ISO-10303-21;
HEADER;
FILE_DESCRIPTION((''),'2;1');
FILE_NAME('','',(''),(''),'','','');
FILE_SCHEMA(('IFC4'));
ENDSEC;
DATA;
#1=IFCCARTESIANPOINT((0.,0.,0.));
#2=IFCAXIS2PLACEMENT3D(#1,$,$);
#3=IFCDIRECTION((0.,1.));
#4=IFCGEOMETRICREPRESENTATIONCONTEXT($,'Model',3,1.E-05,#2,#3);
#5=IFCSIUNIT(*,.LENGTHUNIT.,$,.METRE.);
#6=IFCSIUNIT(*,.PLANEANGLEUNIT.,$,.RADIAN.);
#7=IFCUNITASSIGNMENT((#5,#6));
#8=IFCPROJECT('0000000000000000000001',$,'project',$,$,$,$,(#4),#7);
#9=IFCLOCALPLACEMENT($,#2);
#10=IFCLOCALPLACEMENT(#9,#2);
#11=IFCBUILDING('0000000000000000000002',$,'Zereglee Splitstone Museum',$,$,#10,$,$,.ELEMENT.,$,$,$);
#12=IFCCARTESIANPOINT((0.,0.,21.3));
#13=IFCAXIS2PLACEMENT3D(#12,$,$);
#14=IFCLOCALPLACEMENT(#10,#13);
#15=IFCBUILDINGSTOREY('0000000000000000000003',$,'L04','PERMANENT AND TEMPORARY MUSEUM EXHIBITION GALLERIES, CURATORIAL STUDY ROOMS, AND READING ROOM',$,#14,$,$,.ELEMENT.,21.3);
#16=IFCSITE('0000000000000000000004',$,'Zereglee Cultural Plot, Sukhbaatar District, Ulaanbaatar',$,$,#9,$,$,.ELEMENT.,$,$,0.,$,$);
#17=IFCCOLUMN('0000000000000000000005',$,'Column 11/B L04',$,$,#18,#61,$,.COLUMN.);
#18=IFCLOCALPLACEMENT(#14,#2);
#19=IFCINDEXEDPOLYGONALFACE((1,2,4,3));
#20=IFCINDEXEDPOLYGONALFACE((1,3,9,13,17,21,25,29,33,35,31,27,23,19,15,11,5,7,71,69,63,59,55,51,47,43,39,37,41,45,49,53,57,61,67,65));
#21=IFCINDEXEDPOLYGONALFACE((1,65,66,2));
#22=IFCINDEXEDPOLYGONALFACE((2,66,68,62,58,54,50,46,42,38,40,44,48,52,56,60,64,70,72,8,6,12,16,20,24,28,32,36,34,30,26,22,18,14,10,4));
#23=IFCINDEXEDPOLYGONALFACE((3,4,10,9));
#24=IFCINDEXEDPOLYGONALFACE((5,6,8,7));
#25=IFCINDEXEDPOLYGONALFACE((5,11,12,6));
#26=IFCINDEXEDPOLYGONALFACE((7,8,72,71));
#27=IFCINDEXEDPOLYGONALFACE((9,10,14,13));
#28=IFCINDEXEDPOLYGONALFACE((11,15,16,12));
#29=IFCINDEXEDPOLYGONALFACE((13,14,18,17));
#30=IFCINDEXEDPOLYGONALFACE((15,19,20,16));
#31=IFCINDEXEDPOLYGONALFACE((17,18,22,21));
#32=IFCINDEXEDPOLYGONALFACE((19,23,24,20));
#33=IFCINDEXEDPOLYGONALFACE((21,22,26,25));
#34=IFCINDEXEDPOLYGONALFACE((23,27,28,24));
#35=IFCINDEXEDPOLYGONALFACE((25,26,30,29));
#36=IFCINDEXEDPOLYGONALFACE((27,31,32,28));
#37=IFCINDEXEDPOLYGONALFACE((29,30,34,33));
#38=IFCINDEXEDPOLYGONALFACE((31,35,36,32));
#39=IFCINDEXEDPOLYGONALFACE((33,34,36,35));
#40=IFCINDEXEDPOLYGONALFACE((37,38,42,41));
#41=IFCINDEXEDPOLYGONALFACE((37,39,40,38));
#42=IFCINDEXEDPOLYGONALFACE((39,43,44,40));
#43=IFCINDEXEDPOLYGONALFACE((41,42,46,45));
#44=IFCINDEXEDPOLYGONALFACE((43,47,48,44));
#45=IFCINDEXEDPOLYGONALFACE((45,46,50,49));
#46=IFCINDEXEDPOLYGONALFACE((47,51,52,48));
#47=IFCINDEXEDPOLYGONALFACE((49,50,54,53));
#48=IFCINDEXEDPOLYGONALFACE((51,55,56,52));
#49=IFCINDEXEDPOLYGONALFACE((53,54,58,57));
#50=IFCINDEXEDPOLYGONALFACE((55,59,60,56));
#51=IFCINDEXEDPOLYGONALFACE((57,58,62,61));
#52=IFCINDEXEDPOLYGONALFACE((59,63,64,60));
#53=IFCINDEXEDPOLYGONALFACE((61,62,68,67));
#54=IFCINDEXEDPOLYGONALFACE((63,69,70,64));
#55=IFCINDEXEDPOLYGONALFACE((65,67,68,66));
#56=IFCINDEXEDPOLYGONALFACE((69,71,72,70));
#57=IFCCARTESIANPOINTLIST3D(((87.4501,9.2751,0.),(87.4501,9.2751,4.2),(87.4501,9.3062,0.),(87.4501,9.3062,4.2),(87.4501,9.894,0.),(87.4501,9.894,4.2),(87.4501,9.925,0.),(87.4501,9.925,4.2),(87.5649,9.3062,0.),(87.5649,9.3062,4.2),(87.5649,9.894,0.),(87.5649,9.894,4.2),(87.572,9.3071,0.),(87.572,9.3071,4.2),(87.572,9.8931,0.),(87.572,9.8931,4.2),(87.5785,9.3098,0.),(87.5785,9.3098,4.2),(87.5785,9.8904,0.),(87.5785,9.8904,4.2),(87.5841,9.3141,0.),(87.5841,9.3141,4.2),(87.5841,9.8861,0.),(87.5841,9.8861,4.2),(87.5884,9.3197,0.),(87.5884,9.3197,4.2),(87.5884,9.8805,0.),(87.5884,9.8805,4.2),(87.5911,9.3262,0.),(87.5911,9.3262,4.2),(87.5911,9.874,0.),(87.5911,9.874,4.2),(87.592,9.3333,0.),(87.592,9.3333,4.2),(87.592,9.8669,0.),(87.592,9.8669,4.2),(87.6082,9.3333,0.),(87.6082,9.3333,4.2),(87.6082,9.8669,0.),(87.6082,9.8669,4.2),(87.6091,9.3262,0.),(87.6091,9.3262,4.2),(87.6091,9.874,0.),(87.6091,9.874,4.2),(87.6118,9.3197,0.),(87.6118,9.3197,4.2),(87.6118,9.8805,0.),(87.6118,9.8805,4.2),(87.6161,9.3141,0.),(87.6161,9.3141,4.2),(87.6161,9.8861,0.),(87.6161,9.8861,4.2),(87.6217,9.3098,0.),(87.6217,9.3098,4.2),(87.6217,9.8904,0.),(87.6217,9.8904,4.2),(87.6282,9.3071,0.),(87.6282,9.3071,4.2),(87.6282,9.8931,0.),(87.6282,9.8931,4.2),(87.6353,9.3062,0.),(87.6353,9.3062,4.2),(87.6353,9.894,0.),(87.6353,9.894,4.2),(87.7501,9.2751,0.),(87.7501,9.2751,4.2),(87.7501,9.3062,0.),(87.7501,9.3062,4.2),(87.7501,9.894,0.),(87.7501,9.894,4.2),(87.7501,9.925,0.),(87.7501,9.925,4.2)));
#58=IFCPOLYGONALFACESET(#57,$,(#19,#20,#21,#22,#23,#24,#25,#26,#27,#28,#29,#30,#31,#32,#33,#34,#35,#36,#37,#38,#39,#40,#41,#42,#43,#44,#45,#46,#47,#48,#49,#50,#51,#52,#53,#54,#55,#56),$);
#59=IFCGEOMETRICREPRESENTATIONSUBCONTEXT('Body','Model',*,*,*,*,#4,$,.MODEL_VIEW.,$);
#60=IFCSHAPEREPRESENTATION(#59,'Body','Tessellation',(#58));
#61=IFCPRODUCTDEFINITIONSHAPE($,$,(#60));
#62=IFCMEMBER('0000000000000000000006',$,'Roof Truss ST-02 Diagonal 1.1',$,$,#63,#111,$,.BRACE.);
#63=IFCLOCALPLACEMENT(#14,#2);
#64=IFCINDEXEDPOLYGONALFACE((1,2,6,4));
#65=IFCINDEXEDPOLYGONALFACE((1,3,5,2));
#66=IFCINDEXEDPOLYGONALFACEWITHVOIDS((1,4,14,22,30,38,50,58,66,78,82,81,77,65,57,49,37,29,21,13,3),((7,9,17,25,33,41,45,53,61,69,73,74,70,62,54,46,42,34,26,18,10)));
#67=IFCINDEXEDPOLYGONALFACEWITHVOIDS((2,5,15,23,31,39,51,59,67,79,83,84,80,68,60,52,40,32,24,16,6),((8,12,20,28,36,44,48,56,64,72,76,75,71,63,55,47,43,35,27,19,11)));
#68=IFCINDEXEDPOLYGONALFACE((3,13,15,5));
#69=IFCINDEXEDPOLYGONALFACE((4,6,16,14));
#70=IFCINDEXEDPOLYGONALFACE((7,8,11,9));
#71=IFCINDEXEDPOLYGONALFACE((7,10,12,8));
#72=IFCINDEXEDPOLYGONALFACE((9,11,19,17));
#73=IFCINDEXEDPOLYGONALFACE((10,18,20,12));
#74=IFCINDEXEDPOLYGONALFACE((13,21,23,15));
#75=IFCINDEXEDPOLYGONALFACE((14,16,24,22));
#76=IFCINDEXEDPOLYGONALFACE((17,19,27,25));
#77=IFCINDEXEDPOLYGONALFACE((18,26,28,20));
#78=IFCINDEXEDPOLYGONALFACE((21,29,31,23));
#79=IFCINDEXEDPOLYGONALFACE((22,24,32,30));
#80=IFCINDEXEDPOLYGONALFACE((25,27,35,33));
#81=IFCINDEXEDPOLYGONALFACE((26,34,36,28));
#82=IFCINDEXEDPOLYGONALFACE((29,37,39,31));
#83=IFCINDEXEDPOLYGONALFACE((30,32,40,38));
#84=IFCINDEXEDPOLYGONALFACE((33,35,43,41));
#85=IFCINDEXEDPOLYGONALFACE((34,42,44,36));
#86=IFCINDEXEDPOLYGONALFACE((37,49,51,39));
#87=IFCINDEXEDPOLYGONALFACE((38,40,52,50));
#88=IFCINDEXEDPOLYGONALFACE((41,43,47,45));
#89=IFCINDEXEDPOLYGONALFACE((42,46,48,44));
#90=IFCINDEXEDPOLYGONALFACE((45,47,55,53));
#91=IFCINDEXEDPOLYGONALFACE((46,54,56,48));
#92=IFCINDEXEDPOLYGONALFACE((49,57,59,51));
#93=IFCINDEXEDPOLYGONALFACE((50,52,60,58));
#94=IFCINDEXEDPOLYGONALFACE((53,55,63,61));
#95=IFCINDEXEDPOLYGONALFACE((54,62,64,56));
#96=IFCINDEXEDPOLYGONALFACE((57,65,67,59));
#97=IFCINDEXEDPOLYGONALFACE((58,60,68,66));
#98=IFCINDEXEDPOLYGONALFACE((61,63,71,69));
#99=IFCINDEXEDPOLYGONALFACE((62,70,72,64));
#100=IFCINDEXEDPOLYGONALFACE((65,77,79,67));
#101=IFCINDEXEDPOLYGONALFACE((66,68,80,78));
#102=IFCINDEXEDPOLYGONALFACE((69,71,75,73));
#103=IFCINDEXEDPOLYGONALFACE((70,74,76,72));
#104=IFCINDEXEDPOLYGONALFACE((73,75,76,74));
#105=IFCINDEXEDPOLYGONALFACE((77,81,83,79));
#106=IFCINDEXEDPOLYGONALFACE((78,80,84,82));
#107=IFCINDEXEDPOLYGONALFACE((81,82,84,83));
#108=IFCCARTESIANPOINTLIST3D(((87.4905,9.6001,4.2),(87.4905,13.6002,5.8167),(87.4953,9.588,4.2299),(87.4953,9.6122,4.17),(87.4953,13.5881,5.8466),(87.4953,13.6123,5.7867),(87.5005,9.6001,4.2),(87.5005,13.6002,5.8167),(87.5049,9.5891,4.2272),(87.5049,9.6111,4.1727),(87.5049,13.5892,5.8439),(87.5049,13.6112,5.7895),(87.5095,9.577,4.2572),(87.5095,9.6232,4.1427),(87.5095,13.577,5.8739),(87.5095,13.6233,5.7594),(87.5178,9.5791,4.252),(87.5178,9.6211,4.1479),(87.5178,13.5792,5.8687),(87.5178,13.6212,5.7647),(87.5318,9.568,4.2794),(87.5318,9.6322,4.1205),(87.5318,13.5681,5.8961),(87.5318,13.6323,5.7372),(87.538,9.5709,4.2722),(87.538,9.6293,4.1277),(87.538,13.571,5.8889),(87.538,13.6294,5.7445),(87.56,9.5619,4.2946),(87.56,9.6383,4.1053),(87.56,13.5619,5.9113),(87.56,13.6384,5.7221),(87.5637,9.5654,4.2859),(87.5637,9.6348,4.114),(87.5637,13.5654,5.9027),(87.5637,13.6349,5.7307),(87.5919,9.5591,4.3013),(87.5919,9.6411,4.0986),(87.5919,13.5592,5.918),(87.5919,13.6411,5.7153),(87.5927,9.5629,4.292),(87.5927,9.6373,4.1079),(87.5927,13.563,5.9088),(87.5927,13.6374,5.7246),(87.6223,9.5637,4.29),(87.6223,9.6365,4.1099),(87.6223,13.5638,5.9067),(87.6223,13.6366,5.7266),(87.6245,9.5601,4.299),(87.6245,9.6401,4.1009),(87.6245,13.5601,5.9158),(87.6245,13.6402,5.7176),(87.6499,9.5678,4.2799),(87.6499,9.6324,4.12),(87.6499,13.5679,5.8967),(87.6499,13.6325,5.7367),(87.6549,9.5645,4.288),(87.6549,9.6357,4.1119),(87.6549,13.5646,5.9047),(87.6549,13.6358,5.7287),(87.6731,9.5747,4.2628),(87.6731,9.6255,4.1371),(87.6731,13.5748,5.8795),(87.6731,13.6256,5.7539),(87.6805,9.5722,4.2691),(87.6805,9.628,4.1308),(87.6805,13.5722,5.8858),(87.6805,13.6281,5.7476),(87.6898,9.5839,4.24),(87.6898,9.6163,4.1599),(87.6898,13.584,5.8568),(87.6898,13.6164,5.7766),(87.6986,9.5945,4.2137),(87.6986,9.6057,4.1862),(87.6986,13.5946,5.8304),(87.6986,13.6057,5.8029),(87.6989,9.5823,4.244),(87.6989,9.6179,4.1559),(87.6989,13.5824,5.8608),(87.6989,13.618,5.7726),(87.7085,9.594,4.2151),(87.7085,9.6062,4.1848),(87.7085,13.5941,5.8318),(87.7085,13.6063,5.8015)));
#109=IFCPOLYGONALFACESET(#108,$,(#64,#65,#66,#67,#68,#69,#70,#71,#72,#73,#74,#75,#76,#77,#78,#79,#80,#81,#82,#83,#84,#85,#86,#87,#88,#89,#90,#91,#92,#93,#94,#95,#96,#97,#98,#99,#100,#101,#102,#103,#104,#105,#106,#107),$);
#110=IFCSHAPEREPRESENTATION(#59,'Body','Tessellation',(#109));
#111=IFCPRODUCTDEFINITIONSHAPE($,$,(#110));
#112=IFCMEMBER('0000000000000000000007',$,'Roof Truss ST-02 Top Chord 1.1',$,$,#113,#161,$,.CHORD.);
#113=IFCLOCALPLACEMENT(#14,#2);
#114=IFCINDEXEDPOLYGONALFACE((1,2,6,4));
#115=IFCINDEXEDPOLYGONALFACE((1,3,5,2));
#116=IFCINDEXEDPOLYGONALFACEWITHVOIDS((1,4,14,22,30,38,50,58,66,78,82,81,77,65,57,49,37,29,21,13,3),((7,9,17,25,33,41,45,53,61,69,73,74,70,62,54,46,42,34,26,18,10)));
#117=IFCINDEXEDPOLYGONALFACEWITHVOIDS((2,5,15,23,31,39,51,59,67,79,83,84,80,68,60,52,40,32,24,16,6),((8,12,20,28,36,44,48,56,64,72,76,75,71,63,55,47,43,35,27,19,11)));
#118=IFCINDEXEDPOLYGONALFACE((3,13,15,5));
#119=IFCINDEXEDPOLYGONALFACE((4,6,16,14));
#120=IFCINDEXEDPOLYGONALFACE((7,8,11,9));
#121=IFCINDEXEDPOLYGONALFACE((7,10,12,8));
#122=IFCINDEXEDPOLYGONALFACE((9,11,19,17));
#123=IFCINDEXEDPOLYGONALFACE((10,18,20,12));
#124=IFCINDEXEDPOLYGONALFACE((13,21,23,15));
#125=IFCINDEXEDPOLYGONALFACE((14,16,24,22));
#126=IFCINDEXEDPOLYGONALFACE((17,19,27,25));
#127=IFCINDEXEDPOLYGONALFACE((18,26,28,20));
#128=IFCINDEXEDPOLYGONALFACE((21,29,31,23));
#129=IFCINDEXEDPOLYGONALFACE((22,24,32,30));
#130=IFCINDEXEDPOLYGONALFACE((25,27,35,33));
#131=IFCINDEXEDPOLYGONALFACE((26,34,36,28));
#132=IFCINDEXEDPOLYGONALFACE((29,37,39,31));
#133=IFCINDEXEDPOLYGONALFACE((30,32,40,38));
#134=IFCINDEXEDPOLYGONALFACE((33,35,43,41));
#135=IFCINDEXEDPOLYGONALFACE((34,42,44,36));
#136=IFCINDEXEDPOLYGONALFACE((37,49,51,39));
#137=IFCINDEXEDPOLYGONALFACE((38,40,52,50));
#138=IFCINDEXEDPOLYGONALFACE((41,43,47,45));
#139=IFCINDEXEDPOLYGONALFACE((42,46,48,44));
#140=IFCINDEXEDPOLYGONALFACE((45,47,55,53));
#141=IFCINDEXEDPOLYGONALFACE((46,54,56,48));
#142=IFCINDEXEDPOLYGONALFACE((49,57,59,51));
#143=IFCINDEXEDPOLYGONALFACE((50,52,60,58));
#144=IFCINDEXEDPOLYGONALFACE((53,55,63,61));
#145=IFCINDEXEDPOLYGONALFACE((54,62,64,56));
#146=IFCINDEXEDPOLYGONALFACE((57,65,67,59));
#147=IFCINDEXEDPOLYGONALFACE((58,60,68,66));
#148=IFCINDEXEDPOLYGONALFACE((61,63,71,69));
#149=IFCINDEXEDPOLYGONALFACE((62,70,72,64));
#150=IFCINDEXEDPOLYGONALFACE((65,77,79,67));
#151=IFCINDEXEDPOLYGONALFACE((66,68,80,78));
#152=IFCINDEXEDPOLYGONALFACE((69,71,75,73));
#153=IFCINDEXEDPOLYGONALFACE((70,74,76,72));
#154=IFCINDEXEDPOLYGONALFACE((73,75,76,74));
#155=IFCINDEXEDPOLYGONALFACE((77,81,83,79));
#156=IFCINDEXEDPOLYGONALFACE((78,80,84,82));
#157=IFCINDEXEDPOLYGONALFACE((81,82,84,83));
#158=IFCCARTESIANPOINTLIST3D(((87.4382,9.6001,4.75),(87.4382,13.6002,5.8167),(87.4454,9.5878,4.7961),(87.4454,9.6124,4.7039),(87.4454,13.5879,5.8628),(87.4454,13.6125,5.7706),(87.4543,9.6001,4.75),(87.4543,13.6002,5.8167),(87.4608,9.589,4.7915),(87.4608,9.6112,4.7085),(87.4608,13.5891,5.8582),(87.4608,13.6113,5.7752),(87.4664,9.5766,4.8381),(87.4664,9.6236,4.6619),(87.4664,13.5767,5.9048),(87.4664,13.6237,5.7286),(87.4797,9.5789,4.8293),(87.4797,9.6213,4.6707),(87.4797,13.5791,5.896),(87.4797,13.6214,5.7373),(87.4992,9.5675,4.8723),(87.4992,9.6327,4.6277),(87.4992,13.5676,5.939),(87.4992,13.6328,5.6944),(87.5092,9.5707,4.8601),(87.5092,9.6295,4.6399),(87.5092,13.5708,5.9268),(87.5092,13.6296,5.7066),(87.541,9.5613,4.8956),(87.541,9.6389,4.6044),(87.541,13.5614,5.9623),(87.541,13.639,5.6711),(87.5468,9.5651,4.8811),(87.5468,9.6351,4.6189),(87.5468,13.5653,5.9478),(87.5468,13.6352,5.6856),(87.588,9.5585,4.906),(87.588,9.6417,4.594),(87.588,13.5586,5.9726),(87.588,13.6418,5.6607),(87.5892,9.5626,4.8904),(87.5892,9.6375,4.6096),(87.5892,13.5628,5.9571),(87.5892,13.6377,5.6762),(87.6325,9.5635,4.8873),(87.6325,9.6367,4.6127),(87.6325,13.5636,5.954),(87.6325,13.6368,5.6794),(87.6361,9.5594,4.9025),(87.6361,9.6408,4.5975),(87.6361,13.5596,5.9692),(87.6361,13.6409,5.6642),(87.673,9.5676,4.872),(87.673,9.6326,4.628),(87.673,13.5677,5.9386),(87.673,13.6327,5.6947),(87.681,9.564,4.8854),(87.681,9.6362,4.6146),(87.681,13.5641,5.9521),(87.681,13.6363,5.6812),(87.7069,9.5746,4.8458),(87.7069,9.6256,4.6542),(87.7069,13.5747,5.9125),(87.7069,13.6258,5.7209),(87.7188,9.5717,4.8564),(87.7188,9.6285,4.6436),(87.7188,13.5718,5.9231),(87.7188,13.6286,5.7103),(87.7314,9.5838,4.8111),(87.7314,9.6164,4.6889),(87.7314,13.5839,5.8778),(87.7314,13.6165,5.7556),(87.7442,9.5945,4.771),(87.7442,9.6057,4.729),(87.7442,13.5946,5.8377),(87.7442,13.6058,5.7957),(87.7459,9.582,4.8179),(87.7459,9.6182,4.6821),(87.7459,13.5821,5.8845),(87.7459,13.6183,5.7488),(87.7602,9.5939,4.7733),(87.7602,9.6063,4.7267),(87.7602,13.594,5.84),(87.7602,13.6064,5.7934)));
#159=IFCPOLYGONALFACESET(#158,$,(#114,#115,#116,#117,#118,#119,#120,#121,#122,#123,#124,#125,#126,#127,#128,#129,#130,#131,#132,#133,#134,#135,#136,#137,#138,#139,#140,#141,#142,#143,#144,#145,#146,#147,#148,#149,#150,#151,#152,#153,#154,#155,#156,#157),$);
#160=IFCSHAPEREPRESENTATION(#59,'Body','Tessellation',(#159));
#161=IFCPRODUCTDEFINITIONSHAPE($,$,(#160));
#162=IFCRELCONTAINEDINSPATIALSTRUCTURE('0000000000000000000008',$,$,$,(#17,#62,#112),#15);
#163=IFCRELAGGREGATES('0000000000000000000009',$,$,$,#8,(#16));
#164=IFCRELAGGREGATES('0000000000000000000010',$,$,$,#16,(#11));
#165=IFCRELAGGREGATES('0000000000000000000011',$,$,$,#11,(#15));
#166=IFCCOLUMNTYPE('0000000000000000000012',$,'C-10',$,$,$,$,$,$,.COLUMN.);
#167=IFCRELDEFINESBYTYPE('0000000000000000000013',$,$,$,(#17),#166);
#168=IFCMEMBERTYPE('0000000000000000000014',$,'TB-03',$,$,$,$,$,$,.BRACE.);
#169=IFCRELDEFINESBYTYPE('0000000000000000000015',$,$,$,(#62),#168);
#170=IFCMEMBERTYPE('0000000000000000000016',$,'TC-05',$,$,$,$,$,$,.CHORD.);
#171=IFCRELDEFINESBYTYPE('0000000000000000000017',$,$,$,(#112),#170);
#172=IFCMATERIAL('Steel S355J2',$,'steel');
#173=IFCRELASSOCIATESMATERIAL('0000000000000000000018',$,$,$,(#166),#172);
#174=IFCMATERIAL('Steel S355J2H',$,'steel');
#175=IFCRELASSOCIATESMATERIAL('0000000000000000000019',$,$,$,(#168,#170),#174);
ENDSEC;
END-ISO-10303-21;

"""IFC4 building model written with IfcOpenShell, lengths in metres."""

from ifc_helpers import new_model, si_unit, direction, frame, origin, origin_2d, place, context, subcontext, project, spatial, hollow_circle, i_section, extrude, material, material_profile, profile_set, type_object, element, save


model = new_model("IFC4")

# Units and contexts
model_context = context("Model", 3, precision=1e-05, world=origin(), true_north=direction((0.0, 1.0)))
body_context = subcontext(model_context, "Body", "Model", "MODEL_VIEW")
ifc_project = project(units=[si_unit("LENGTHUNIT", "METRE"), si_unit("PLANEANGLEUNIT", "RADIAN")], contexts=[model_context])

# Site, building, storey
site_placement = place(None, origin())
site = spatial("IfcSite", under=ifc_project, at=site_placement, Name="Zereglee Cultural Plot, Sukhbaatar District, Ulaanbaatar", CompositionType="ELEMENT", RefElevation=0.0)
building_placement = place(site_placement, origin())
building = spatial("IfcBuilding", under=site, at=building_placement, Name="Zereglee Splitstone Museum", CompositionType="ELEMENT")
storey_placement = place(building_placement, frame((0.0, 0.0, 21.3)))
storey = spatial("IfcBuildingStorey", under=building, at=storey_placement, Name="L04", Description="PERMANENT AND TEMPORARY MUSEUM EXHIBITION GALLERIES, CURATORIAL STUDY ROOMS, AND READING ROOM", CompositionType="ELEMENT", Elevation=21.3)

# Column
ifc_material_1 = material(Name="Steel S355J2", Category="steel")
ifc_material_profile_1 = material_profile(ifc_material_1, i_section(OverallWidth=0.3, OverallDepth=0.6499, WebThickness=0.0161, FlangeThickness=0.031, FilletRadius=0.0271, at=origin_2d()), Name="HE 650 B")
ifc_profile_set_1 = profile_set([ifc_material_profile_1], Name="Steel S355J2")
column_type = type_object("IfcColumnType", Name="C-10", PredefinedType="COLUMN", material=ifc_profile_set_1)
column_placement = place(storey_placement, frame((87.6001, 9.6001, 0.0), z_axis=(0.0, 0.0, 1.0), x_axis=(1.0, 0.0, 0.0)))
element("IfcColumn", 1, at=column_placement, inside=storey, type_object=column_type, Name="Column 11/B L04", PredefinedType="COLUMN", context=body_context, shape_type="SweptSolid", body=[
    extrude(i_section(OverallWidth=0.3, OverallDepth=0.6499, WebThickness=0.0161, FlangeThickness=0.031, FilletRadius=0.0271, at=origin_2d()), origin(), (0.0, 0.0, 1.0), 4.2),
])

# Members
ifc_material_2 = material(Name="Steel S355J2H", Category="steel")
ifc_material_profile_2 = material_profile(ifc_material_2, hollow_circle(Radius=0.1096, WallThickness=0.01, at=origin_2d()), Name="CHS 219.1x10")
ifc_profile_set_2 = profile_set([ifc_material_profile_2], Name="Steel S355J2H")
member_type_1 = type_object("IfcMemberType", Name="TB-03", PredefinedType="BRACE", material=ifc_profile_set_2)
member_1_placement = place(storey_placement, frame((87.6001, 9.6001, 4.2), z_axis=(0.0, 0.927136, 0.374725), x_axis=(-1.0, 0.0, 0.0)))
element("IfcMember", 2, at=member_1_placement, inside=storey, type_object=member_type_1, Name="Roof Truss ST-02 Diagonal 1.1", PredefinedType="BRACE", context=body_context, shape_type="SweptSolid", body=[
    extrude(hollow_circle(Radius=0.1096, WallThickness=0.01, at=origin_2d()), origin(), (0.0, 0.0, 1.0), 4.3145),
])
ifc_material_profile_3 = material_profile(ifc_material_2, hollow_circle(Radius=0.1619, WallThickness=0.0161, at=origin_2d()), Name="CHS 323.9x16")
ifc_profile_set_3 = profile_set([ifc_material_profile_3], Name="Steel S355J2H")
member_type_2 = type_object("IfcMemberType", Name="TC-05", PredefinedType="CHORD", material=ifc_profile_set_3)
for number, where, z_axis, x_axis, name in (
    (3, (87.6001, 9.6001, 4.75), (0.0, 0.966236, 0.257659), (-1.0, 0.0, 0.0), "Roof Truss ST-02 Top Chord 1.1"),
):
    element("IfcMember", number, at=place(storey_placement, frame(where, z_axis=z_axis, x_axis=x_axis)), inside=storey, type_object=member_type_2, Name=name, PredefinedType="CHORD", context=body_context, shape_type="SweptSolid", body=[
        extrude(hollow_circle(Radius=0.1619, WallThickness=0.0161, at=origin_2d()), origin(), (0.0, 0.0, 1.0), 4.1399),
    ])

save(model, "model.ifc")
